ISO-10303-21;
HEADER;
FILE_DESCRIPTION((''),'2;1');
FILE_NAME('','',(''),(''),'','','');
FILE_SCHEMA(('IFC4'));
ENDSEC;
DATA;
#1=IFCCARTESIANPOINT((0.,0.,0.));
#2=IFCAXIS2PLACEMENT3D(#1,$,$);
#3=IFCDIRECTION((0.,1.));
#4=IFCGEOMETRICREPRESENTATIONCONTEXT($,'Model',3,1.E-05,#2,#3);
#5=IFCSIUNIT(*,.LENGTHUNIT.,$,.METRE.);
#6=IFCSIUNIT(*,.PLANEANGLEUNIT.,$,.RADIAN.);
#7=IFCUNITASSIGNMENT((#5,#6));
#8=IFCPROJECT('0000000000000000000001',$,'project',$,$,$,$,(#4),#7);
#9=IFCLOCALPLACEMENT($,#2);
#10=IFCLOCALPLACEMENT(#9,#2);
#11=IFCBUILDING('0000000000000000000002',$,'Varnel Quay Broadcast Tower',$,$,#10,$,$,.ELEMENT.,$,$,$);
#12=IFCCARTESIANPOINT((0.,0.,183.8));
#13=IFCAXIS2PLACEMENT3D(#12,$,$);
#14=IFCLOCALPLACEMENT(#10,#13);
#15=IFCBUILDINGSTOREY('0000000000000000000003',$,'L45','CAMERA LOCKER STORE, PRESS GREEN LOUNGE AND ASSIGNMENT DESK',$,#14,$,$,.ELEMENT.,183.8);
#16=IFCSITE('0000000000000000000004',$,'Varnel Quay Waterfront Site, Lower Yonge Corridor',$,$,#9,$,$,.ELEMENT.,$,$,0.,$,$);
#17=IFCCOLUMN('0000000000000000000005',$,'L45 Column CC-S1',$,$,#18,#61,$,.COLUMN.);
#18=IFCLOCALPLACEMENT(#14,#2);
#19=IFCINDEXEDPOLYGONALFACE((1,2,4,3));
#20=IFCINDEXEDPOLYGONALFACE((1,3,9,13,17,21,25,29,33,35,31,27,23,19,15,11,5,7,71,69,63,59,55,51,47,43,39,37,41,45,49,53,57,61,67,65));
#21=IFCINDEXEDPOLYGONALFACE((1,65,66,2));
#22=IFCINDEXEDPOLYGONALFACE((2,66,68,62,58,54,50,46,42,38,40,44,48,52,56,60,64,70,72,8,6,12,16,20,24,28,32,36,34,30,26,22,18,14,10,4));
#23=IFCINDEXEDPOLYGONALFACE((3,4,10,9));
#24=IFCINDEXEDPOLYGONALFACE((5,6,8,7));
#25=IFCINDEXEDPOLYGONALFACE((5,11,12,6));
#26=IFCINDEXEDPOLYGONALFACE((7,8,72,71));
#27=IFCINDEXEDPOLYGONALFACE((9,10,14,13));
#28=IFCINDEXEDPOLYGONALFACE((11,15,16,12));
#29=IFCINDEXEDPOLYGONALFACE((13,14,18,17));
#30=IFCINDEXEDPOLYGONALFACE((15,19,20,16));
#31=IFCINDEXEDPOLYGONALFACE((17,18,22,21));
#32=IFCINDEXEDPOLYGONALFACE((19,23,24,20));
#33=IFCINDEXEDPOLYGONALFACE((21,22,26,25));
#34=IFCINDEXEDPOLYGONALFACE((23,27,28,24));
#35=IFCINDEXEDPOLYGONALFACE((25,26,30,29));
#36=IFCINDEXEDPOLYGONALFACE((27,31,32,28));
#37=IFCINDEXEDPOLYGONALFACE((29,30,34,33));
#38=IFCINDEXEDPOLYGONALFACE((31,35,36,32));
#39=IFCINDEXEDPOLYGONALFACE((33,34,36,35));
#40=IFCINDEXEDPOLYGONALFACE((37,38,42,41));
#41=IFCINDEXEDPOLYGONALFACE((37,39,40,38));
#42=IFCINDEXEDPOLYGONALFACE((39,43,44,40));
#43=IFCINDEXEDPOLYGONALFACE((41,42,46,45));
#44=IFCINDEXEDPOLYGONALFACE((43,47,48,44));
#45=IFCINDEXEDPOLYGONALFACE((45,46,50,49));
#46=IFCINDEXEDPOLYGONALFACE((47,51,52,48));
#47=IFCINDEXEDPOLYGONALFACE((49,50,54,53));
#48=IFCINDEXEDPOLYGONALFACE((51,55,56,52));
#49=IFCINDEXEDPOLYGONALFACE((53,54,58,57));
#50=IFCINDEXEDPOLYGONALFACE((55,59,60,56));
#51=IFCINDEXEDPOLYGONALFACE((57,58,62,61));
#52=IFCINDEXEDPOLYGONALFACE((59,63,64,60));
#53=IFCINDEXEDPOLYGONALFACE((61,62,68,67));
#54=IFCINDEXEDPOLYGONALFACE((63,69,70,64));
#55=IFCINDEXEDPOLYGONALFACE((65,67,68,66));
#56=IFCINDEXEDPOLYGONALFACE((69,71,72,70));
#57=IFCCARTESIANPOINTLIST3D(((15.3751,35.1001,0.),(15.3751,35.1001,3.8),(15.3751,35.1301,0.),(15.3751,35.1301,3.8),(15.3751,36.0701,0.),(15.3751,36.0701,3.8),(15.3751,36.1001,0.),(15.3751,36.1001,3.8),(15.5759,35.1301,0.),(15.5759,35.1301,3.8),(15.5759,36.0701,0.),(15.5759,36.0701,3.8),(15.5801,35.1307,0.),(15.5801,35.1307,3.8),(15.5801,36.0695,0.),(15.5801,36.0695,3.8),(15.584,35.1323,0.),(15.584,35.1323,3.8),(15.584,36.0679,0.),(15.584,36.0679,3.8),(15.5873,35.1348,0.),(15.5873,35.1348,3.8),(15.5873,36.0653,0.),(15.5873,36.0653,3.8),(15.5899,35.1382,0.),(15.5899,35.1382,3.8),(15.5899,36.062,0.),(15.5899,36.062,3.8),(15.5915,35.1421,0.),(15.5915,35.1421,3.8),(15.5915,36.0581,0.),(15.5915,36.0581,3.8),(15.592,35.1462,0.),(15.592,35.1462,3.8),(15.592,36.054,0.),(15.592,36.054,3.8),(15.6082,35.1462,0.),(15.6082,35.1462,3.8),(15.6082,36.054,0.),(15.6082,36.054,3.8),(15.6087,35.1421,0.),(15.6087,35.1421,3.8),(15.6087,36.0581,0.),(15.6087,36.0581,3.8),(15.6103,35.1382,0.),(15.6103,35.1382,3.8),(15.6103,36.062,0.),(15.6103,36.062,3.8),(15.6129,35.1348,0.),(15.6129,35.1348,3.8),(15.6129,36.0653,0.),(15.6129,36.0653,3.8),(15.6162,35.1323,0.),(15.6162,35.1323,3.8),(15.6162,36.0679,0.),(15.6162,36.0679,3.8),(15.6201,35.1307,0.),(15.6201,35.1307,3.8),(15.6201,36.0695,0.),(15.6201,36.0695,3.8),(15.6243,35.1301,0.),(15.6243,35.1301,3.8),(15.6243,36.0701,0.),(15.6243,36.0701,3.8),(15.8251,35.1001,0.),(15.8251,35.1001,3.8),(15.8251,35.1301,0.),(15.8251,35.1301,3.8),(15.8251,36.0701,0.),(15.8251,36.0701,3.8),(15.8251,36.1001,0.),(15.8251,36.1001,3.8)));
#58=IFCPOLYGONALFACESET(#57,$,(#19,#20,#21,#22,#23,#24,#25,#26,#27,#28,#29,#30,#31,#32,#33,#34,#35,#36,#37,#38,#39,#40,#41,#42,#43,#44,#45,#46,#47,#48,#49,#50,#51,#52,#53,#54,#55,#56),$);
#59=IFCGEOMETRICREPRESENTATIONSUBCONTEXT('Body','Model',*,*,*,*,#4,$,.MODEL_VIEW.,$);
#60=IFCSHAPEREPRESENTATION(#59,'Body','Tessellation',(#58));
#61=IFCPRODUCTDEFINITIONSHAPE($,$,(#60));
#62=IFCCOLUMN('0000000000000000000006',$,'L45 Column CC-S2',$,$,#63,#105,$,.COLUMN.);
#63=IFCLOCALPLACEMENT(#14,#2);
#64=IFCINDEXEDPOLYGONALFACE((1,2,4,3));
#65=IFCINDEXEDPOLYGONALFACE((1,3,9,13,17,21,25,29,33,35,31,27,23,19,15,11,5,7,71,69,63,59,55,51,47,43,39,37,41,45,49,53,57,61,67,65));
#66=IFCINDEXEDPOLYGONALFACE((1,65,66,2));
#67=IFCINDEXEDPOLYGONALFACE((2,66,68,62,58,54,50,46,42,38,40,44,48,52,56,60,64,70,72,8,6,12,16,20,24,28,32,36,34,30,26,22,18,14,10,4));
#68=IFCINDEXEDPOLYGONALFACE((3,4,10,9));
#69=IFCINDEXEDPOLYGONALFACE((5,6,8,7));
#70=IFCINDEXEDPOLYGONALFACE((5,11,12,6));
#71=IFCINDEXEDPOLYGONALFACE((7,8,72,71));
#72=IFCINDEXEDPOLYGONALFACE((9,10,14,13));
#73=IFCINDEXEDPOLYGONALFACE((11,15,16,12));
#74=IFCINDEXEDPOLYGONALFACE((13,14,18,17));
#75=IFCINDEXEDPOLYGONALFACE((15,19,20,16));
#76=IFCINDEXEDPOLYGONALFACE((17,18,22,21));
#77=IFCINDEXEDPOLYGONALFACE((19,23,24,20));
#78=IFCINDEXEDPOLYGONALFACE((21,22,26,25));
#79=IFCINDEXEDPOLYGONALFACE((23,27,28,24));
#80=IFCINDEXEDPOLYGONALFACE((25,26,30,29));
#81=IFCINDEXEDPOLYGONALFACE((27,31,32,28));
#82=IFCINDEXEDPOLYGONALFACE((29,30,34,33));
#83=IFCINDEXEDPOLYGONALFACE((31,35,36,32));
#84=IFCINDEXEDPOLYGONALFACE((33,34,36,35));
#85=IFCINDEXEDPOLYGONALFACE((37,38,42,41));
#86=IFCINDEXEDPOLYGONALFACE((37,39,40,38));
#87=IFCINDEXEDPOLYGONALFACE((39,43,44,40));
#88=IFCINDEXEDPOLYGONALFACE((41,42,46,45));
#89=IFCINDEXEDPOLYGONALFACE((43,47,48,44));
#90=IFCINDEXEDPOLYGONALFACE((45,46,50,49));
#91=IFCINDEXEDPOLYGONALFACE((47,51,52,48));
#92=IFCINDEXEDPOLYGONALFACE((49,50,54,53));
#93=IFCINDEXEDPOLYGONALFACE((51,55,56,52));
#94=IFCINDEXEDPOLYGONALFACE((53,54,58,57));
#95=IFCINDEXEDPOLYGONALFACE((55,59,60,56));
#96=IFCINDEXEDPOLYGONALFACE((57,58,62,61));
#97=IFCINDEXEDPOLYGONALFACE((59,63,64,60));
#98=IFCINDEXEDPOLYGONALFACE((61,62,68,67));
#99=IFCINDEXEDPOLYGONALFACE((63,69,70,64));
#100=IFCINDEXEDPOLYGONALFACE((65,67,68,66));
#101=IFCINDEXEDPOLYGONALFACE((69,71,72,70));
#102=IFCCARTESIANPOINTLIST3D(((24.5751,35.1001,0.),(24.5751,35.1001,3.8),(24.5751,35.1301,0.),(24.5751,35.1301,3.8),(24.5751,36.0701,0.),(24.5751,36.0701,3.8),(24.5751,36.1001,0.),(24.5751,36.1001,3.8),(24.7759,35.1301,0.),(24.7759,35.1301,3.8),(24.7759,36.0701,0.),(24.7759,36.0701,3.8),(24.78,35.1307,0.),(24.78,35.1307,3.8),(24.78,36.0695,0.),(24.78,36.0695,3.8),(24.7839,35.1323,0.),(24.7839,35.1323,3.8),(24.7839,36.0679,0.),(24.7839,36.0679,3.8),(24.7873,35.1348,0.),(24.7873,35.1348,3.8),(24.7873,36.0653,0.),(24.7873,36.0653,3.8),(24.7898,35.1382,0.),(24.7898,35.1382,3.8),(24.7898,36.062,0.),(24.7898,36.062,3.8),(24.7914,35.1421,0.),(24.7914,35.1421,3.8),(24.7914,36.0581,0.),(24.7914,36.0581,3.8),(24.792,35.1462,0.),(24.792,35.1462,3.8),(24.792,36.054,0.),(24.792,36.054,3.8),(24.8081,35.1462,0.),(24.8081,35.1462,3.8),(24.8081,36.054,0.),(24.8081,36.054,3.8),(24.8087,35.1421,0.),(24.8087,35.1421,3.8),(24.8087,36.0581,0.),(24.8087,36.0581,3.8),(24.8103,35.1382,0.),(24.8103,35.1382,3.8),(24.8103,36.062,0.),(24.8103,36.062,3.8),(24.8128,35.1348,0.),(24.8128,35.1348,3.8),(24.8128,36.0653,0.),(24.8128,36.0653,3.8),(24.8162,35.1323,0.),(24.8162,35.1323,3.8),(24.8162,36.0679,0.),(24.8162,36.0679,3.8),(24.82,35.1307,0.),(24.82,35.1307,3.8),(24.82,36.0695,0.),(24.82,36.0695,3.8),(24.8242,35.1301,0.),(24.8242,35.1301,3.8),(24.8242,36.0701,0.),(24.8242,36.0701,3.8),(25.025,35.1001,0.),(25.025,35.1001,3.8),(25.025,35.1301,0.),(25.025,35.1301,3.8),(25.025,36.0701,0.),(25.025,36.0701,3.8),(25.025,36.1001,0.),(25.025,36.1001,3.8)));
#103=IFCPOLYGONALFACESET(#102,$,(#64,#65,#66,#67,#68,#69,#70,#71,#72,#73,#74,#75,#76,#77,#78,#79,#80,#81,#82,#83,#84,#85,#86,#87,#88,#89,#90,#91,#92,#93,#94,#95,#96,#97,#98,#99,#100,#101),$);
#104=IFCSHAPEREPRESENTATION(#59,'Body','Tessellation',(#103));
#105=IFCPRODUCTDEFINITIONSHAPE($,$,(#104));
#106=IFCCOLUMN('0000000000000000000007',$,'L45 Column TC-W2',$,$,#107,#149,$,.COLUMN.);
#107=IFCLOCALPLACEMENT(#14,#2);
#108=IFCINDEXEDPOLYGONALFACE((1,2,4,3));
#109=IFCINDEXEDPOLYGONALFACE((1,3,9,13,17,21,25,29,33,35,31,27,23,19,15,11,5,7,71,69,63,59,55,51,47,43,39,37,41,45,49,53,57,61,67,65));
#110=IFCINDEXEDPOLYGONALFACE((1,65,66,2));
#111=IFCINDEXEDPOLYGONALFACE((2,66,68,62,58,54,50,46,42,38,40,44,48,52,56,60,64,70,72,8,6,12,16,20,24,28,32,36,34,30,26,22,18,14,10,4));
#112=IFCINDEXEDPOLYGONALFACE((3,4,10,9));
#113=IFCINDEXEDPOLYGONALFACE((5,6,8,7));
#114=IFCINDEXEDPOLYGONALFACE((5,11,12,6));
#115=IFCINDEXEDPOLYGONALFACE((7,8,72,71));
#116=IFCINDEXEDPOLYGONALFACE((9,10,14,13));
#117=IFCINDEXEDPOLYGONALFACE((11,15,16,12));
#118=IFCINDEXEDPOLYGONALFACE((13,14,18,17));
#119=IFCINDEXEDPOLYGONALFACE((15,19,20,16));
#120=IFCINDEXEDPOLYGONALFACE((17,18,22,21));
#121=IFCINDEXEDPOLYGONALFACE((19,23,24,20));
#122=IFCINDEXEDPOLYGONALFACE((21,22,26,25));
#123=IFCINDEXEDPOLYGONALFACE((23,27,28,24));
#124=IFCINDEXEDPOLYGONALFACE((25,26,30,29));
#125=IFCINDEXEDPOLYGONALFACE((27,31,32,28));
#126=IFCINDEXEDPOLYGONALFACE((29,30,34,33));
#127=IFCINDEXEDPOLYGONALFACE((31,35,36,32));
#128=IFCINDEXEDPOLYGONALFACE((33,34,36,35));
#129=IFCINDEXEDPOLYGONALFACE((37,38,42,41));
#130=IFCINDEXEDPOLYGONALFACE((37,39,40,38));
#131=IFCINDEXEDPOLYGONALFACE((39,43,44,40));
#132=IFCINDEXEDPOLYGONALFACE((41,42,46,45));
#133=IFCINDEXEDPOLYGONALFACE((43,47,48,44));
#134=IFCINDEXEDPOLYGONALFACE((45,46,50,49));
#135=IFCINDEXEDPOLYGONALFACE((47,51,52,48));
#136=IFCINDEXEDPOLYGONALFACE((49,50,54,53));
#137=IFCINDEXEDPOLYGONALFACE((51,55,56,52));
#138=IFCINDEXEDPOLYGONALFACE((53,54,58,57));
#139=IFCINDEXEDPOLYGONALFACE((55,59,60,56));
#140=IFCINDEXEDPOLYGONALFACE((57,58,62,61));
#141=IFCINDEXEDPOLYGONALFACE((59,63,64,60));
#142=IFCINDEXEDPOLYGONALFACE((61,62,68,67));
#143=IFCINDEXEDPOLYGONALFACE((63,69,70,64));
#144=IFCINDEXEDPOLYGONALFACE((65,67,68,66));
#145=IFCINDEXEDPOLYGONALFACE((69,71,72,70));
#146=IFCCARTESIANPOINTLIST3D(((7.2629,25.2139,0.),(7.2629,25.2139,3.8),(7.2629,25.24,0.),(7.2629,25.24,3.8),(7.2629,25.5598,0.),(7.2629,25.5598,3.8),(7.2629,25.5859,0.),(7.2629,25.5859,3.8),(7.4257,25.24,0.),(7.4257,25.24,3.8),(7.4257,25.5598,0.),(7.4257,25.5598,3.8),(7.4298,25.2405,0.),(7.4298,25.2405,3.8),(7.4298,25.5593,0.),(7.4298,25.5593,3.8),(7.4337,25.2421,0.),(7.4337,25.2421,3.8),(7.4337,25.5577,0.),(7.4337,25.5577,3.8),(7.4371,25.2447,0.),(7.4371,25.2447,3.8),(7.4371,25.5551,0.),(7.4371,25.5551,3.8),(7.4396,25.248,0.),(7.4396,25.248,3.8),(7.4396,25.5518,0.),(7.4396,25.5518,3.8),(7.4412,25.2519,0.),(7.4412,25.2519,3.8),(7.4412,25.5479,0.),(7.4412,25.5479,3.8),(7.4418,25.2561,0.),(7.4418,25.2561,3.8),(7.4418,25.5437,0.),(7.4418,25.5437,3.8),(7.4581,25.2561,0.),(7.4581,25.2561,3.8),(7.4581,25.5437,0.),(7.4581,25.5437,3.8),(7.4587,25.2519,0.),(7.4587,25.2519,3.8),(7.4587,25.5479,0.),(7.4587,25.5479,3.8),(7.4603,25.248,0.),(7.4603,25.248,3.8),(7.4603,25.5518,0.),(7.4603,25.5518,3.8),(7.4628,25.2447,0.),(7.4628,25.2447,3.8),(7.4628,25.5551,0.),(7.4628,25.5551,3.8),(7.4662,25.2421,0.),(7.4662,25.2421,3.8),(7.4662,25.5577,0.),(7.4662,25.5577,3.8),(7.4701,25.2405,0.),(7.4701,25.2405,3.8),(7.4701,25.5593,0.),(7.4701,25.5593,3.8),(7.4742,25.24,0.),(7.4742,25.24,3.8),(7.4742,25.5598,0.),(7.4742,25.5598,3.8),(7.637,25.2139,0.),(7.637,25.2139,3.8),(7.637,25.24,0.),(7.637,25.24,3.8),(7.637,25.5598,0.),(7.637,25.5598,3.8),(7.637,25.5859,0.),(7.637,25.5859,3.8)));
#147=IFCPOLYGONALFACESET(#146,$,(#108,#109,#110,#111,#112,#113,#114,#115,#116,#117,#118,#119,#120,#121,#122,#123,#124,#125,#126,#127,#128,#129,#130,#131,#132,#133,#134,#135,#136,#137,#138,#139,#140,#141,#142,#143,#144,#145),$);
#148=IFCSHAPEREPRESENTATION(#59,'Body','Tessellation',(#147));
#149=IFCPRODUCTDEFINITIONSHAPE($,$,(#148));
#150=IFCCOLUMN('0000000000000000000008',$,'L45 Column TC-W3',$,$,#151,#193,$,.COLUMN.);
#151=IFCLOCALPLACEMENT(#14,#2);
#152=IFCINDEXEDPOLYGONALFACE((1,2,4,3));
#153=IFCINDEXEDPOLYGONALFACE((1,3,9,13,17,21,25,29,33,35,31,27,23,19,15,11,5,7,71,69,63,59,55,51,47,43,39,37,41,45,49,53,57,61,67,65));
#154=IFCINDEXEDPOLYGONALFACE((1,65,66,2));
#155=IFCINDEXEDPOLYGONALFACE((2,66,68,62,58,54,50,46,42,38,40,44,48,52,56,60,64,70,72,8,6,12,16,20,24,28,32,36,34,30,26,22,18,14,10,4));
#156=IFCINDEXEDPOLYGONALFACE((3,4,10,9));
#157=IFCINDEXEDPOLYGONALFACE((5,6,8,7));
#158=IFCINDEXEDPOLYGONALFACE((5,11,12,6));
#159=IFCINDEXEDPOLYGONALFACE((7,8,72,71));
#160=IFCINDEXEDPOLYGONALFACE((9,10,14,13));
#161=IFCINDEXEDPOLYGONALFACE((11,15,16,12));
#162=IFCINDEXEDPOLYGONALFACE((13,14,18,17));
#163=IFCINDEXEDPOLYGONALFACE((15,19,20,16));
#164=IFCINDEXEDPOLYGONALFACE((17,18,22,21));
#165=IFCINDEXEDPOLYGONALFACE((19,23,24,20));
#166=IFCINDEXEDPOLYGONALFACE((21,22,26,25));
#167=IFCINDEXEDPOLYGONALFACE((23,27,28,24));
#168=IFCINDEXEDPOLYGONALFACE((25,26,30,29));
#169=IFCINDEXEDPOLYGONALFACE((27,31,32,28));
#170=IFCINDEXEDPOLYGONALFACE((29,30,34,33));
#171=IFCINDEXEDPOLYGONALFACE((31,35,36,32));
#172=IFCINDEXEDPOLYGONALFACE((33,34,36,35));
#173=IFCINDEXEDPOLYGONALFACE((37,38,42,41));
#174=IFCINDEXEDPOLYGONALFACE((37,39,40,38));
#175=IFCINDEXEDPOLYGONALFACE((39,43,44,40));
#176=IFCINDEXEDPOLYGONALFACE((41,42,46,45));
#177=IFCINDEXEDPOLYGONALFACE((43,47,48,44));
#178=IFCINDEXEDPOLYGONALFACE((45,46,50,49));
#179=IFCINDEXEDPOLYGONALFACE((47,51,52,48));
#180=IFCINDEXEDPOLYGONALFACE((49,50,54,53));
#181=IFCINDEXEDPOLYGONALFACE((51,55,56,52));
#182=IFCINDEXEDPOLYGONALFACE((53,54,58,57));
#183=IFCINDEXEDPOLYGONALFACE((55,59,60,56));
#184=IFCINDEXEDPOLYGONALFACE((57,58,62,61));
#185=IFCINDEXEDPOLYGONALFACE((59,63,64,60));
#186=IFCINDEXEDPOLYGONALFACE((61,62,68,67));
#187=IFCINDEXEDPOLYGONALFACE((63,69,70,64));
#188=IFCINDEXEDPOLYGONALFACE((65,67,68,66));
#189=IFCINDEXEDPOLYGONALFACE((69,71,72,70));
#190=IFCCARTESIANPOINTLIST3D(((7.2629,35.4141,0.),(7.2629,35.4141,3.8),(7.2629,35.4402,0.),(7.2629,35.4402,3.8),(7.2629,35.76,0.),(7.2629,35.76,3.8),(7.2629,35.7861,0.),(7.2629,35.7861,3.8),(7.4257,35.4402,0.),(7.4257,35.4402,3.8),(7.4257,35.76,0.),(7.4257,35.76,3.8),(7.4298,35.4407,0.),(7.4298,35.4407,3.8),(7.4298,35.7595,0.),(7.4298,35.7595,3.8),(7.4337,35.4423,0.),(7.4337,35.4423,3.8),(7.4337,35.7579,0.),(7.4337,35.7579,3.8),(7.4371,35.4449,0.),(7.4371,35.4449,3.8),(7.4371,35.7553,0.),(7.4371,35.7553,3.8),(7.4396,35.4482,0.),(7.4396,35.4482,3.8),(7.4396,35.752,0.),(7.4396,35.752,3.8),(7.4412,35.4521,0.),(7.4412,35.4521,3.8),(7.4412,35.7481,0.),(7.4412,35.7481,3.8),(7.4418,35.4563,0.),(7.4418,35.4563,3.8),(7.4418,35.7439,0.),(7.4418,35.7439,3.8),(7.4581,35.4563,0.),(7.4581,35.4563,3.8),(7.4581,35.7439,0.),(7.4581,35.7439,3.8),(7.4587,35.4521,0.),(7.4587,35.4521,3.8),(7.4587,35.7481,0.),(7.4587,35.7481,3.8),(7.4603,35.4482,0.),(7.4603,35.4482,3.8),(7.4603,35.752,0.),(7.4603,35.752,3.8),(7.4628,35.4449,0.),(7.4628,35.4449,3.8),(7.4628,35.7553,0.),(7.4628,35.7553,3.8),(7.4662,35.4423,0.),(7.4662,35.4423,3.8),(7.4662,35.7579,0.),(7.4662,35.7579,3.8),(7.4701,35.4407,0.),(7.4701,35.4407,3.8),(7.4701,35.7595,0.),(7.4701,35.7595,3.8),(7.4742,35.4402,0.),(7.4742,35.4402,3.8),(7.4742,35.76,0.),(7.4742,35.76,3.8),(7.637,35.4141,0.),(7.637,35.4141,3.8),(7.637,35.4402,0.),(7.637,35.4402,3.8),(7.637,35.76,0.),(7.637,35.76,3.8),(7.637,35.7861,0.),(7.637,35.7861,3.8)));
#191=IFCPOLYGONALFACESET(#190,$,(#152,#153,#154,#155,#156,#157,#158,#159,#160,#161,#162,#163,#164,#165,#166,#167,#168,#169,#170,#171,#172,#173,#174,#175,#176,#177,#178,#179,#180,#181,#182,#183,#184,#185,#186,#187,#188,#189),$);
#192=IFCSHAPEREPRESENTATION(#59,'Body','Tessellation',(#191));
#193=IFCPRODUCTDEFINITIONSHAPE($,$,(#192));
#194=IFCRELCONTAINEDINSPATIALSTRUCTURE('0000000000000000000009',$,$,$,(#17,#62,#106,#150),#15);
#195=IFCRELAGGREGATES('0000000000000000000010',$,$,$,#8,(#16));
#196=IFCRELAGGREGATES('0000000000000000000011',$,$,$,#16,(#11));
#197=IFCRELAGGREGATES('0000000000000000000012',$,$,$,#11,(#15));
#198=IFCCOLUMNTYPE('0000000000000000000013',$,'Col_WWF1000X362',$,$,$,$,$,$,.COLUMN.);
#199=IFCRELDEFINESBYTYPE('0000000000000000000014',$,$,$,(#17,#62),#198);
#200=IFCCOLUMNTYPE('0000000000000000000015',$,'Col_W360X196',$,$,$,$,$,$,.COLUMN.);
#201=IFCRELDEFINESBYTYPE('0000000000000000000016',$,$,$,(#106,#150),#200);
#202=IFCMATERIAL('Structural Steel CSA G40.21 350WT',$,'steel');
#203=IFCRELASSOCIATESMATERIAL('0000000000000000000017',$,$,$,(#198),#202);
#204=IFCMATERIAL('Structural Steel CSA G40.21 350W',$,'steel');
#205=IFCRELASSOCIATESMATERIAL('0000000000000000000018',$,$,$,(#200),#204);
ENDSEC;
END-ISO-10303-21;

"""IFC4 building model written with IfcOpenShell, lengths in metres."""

from ifc_helpers import new_model, si_unit, direction, frame, origin, origin_2d, place, context, subcontext, project, spatial, i_section, extrude, source, transform, mapped, material, material_profile, profile_set, type_object, type_shapes, element, save


model = new_model("IFC4")

# Units and contexts
model_context = context("Model", 3, precision=1e-05, world=origin(), true_north=direction((0.0, 1.0)))
body_context = subcontext(model_context, "Body", "Model", "MODEL_VIEW")
ifc_project = project(units=[si_unit("LENGTHUNIT", "METRE"), si_unit("PLANEANGLEUNIT", "RADIAN")], contexts=[model_context])

# Site, building, storey
site_placement = place(None, origin())
site = spatial("IfcSite", under=ifc_project, at=site_placement, Name="Varnel Quay Waterfront Site, Lower Yonge Corridor", CompositionType="ELEMENT", RefElevation=0.0)
building_placement = place(site_placement, origin())
building = spatial("IfcBuilding", under=site, at=building_placement, Name="Varnel Quay Broadcast Tower", CompositionType="ELEMENT")
storey_placement = place(building_placement, frame((0.0, 0.0, 183.8)))
storey = spatial("IfcBuildingStorey", under=building, at=storey_placement, Name="L45", Description="CAMERA LOCKER STORE, PRESS GREEN LOUNGE AND ASSIGNMENT DESK", CompositionType="ELEMENT", Elevation=183.8)

# Columns
ifc_material_1 = material(Name="Structural Steel CSA G40.21 350WT", Category="steel")
ifc_material_profile_1 = material_profile(ifc_material_1, i_section(OverallWidth=0.45, OverallDepth=1.0, WebThickness=0.0161, FlangeThickness=0.03, FilletRadius=0.0161, at=origin_2d()), Name="WWF1000X362")
ifc_profile_set_1 = profile_set([ifc_material_profile_1], Name="Structural Steel CSA G40.21 350WT")
column_type_1 = type_object("IfcColumnType", Name="Col_WWF1000X362", PredefinedType="COLUMN", material=ifc_profile_set_1)
shared_shape_1 = source(origin(), body_context, "Body", "SweptSolid", [
    extrude(i_section(OverallWidth=0.45, OverallDepth=1.0, WebThickness=0.0161, FlangeThickness=0.03, FilletRadius=0.0161, at=origin_2d()), origin(), (0.0, 0.0, 1.0), 3.8),
])
type_shapes(column_type_1, [shared_shape_1])
for number, where, z_axis, x_axis, name in (
    (1, (15.6001, 35.6001, 0.0), (0.0, 0.0, 1.0), (1.0, 0.0, 0.0), "L45 Column CC-S1"),
    (2, (24.8, 35.6001, 0.0), (0.0, 0.0, 1.0), (1.0, 0.0, 0.0), "L45 Column CC-S2"),
):
    element("IfcColumn", number, at=place(storey_placement, frame(where, z_axis=z_axis, x_axis=x_axis)), inside=storey, type_object=column_type_1, Name=name, PredefinedType="COLUMN", context=body_context, shape_type="MappedRepresentation", body=[
        mapped(shared_shape_1, transform((0.0, 0.0, 0.0), x_axis=(1.0, 0.0, 0.0), y_axis=(0.0, 1.0, 0.0), z_axis=(0.0, 0.0, 1.0), scale=1.0)),
    ])
ifc_material_2 = material(Name="Structural Steel CSA G40.21 350W", Category="steel")
ifc_material_profile_2 = material_profile(ifc_material_2, i_section(OverallWidth=0.374, OverallDepth=0.3721, WebThickness=0.0164, FlangeThickness=0.0261, FilletRadius=0.0161, at=origin_2d()), Name="W360X196")
ifc_profile_set_2 = profile_set([ifc_material_profile_2], Name="Structural Steel CSA G40.21 350W")
column_type_2 = type_object("IfcColumnType", Name="Col_W360X196", PredefinedType="COLUMN", material=ifc_profile_set_2)
shared_shape_2 = source(origin(), body_context, "Body", "SweptSolid", [
    extrude(i_section(OverallWidth=0.374, OverallDepth=0.3721, WebThickness=0.0164, FlangeThickness=0.0261, FilletRadius=0.0161, at=origin_2d()), origin(), (0.0, 0.0, 1.0), 3.8),
])
type_shapes(column_type_2, [shared_shape_2])
for number, where, z_axis, x_axis, name in (
    (3, (7.45, 25.3999, 0.0), (0.0, 0.0, 1.0), (1.0, 0.0, 0.0), "L45 Column TC-W2"),
    (4, (7.45, 35.6001, 0.0), (0.0, 0.0, 1.0), (1.0, 0.0, 0.0), "L45 Column TC-W3"),
):
    element("IfcColumn", number, at=place(storey_placement, frame(where, z_axis=z_axis, x_axis=x_axis)), inside=storey, type_object=column_type_2, Name=name, PredefinedType="COLUMN", context=body_context, shape_type="MappedRepresentation", body=[
        mapped(shared_shape_2, transform((0.0, 0.0, 0.0), x_axis=(1.0, 0.0, 0.0), y_axis=(0.0, 1.0, 0.0), z_axis=(0.0, 0.0, 1.0), scale=1.0)),
    ])

save(model, "model.ifc")
